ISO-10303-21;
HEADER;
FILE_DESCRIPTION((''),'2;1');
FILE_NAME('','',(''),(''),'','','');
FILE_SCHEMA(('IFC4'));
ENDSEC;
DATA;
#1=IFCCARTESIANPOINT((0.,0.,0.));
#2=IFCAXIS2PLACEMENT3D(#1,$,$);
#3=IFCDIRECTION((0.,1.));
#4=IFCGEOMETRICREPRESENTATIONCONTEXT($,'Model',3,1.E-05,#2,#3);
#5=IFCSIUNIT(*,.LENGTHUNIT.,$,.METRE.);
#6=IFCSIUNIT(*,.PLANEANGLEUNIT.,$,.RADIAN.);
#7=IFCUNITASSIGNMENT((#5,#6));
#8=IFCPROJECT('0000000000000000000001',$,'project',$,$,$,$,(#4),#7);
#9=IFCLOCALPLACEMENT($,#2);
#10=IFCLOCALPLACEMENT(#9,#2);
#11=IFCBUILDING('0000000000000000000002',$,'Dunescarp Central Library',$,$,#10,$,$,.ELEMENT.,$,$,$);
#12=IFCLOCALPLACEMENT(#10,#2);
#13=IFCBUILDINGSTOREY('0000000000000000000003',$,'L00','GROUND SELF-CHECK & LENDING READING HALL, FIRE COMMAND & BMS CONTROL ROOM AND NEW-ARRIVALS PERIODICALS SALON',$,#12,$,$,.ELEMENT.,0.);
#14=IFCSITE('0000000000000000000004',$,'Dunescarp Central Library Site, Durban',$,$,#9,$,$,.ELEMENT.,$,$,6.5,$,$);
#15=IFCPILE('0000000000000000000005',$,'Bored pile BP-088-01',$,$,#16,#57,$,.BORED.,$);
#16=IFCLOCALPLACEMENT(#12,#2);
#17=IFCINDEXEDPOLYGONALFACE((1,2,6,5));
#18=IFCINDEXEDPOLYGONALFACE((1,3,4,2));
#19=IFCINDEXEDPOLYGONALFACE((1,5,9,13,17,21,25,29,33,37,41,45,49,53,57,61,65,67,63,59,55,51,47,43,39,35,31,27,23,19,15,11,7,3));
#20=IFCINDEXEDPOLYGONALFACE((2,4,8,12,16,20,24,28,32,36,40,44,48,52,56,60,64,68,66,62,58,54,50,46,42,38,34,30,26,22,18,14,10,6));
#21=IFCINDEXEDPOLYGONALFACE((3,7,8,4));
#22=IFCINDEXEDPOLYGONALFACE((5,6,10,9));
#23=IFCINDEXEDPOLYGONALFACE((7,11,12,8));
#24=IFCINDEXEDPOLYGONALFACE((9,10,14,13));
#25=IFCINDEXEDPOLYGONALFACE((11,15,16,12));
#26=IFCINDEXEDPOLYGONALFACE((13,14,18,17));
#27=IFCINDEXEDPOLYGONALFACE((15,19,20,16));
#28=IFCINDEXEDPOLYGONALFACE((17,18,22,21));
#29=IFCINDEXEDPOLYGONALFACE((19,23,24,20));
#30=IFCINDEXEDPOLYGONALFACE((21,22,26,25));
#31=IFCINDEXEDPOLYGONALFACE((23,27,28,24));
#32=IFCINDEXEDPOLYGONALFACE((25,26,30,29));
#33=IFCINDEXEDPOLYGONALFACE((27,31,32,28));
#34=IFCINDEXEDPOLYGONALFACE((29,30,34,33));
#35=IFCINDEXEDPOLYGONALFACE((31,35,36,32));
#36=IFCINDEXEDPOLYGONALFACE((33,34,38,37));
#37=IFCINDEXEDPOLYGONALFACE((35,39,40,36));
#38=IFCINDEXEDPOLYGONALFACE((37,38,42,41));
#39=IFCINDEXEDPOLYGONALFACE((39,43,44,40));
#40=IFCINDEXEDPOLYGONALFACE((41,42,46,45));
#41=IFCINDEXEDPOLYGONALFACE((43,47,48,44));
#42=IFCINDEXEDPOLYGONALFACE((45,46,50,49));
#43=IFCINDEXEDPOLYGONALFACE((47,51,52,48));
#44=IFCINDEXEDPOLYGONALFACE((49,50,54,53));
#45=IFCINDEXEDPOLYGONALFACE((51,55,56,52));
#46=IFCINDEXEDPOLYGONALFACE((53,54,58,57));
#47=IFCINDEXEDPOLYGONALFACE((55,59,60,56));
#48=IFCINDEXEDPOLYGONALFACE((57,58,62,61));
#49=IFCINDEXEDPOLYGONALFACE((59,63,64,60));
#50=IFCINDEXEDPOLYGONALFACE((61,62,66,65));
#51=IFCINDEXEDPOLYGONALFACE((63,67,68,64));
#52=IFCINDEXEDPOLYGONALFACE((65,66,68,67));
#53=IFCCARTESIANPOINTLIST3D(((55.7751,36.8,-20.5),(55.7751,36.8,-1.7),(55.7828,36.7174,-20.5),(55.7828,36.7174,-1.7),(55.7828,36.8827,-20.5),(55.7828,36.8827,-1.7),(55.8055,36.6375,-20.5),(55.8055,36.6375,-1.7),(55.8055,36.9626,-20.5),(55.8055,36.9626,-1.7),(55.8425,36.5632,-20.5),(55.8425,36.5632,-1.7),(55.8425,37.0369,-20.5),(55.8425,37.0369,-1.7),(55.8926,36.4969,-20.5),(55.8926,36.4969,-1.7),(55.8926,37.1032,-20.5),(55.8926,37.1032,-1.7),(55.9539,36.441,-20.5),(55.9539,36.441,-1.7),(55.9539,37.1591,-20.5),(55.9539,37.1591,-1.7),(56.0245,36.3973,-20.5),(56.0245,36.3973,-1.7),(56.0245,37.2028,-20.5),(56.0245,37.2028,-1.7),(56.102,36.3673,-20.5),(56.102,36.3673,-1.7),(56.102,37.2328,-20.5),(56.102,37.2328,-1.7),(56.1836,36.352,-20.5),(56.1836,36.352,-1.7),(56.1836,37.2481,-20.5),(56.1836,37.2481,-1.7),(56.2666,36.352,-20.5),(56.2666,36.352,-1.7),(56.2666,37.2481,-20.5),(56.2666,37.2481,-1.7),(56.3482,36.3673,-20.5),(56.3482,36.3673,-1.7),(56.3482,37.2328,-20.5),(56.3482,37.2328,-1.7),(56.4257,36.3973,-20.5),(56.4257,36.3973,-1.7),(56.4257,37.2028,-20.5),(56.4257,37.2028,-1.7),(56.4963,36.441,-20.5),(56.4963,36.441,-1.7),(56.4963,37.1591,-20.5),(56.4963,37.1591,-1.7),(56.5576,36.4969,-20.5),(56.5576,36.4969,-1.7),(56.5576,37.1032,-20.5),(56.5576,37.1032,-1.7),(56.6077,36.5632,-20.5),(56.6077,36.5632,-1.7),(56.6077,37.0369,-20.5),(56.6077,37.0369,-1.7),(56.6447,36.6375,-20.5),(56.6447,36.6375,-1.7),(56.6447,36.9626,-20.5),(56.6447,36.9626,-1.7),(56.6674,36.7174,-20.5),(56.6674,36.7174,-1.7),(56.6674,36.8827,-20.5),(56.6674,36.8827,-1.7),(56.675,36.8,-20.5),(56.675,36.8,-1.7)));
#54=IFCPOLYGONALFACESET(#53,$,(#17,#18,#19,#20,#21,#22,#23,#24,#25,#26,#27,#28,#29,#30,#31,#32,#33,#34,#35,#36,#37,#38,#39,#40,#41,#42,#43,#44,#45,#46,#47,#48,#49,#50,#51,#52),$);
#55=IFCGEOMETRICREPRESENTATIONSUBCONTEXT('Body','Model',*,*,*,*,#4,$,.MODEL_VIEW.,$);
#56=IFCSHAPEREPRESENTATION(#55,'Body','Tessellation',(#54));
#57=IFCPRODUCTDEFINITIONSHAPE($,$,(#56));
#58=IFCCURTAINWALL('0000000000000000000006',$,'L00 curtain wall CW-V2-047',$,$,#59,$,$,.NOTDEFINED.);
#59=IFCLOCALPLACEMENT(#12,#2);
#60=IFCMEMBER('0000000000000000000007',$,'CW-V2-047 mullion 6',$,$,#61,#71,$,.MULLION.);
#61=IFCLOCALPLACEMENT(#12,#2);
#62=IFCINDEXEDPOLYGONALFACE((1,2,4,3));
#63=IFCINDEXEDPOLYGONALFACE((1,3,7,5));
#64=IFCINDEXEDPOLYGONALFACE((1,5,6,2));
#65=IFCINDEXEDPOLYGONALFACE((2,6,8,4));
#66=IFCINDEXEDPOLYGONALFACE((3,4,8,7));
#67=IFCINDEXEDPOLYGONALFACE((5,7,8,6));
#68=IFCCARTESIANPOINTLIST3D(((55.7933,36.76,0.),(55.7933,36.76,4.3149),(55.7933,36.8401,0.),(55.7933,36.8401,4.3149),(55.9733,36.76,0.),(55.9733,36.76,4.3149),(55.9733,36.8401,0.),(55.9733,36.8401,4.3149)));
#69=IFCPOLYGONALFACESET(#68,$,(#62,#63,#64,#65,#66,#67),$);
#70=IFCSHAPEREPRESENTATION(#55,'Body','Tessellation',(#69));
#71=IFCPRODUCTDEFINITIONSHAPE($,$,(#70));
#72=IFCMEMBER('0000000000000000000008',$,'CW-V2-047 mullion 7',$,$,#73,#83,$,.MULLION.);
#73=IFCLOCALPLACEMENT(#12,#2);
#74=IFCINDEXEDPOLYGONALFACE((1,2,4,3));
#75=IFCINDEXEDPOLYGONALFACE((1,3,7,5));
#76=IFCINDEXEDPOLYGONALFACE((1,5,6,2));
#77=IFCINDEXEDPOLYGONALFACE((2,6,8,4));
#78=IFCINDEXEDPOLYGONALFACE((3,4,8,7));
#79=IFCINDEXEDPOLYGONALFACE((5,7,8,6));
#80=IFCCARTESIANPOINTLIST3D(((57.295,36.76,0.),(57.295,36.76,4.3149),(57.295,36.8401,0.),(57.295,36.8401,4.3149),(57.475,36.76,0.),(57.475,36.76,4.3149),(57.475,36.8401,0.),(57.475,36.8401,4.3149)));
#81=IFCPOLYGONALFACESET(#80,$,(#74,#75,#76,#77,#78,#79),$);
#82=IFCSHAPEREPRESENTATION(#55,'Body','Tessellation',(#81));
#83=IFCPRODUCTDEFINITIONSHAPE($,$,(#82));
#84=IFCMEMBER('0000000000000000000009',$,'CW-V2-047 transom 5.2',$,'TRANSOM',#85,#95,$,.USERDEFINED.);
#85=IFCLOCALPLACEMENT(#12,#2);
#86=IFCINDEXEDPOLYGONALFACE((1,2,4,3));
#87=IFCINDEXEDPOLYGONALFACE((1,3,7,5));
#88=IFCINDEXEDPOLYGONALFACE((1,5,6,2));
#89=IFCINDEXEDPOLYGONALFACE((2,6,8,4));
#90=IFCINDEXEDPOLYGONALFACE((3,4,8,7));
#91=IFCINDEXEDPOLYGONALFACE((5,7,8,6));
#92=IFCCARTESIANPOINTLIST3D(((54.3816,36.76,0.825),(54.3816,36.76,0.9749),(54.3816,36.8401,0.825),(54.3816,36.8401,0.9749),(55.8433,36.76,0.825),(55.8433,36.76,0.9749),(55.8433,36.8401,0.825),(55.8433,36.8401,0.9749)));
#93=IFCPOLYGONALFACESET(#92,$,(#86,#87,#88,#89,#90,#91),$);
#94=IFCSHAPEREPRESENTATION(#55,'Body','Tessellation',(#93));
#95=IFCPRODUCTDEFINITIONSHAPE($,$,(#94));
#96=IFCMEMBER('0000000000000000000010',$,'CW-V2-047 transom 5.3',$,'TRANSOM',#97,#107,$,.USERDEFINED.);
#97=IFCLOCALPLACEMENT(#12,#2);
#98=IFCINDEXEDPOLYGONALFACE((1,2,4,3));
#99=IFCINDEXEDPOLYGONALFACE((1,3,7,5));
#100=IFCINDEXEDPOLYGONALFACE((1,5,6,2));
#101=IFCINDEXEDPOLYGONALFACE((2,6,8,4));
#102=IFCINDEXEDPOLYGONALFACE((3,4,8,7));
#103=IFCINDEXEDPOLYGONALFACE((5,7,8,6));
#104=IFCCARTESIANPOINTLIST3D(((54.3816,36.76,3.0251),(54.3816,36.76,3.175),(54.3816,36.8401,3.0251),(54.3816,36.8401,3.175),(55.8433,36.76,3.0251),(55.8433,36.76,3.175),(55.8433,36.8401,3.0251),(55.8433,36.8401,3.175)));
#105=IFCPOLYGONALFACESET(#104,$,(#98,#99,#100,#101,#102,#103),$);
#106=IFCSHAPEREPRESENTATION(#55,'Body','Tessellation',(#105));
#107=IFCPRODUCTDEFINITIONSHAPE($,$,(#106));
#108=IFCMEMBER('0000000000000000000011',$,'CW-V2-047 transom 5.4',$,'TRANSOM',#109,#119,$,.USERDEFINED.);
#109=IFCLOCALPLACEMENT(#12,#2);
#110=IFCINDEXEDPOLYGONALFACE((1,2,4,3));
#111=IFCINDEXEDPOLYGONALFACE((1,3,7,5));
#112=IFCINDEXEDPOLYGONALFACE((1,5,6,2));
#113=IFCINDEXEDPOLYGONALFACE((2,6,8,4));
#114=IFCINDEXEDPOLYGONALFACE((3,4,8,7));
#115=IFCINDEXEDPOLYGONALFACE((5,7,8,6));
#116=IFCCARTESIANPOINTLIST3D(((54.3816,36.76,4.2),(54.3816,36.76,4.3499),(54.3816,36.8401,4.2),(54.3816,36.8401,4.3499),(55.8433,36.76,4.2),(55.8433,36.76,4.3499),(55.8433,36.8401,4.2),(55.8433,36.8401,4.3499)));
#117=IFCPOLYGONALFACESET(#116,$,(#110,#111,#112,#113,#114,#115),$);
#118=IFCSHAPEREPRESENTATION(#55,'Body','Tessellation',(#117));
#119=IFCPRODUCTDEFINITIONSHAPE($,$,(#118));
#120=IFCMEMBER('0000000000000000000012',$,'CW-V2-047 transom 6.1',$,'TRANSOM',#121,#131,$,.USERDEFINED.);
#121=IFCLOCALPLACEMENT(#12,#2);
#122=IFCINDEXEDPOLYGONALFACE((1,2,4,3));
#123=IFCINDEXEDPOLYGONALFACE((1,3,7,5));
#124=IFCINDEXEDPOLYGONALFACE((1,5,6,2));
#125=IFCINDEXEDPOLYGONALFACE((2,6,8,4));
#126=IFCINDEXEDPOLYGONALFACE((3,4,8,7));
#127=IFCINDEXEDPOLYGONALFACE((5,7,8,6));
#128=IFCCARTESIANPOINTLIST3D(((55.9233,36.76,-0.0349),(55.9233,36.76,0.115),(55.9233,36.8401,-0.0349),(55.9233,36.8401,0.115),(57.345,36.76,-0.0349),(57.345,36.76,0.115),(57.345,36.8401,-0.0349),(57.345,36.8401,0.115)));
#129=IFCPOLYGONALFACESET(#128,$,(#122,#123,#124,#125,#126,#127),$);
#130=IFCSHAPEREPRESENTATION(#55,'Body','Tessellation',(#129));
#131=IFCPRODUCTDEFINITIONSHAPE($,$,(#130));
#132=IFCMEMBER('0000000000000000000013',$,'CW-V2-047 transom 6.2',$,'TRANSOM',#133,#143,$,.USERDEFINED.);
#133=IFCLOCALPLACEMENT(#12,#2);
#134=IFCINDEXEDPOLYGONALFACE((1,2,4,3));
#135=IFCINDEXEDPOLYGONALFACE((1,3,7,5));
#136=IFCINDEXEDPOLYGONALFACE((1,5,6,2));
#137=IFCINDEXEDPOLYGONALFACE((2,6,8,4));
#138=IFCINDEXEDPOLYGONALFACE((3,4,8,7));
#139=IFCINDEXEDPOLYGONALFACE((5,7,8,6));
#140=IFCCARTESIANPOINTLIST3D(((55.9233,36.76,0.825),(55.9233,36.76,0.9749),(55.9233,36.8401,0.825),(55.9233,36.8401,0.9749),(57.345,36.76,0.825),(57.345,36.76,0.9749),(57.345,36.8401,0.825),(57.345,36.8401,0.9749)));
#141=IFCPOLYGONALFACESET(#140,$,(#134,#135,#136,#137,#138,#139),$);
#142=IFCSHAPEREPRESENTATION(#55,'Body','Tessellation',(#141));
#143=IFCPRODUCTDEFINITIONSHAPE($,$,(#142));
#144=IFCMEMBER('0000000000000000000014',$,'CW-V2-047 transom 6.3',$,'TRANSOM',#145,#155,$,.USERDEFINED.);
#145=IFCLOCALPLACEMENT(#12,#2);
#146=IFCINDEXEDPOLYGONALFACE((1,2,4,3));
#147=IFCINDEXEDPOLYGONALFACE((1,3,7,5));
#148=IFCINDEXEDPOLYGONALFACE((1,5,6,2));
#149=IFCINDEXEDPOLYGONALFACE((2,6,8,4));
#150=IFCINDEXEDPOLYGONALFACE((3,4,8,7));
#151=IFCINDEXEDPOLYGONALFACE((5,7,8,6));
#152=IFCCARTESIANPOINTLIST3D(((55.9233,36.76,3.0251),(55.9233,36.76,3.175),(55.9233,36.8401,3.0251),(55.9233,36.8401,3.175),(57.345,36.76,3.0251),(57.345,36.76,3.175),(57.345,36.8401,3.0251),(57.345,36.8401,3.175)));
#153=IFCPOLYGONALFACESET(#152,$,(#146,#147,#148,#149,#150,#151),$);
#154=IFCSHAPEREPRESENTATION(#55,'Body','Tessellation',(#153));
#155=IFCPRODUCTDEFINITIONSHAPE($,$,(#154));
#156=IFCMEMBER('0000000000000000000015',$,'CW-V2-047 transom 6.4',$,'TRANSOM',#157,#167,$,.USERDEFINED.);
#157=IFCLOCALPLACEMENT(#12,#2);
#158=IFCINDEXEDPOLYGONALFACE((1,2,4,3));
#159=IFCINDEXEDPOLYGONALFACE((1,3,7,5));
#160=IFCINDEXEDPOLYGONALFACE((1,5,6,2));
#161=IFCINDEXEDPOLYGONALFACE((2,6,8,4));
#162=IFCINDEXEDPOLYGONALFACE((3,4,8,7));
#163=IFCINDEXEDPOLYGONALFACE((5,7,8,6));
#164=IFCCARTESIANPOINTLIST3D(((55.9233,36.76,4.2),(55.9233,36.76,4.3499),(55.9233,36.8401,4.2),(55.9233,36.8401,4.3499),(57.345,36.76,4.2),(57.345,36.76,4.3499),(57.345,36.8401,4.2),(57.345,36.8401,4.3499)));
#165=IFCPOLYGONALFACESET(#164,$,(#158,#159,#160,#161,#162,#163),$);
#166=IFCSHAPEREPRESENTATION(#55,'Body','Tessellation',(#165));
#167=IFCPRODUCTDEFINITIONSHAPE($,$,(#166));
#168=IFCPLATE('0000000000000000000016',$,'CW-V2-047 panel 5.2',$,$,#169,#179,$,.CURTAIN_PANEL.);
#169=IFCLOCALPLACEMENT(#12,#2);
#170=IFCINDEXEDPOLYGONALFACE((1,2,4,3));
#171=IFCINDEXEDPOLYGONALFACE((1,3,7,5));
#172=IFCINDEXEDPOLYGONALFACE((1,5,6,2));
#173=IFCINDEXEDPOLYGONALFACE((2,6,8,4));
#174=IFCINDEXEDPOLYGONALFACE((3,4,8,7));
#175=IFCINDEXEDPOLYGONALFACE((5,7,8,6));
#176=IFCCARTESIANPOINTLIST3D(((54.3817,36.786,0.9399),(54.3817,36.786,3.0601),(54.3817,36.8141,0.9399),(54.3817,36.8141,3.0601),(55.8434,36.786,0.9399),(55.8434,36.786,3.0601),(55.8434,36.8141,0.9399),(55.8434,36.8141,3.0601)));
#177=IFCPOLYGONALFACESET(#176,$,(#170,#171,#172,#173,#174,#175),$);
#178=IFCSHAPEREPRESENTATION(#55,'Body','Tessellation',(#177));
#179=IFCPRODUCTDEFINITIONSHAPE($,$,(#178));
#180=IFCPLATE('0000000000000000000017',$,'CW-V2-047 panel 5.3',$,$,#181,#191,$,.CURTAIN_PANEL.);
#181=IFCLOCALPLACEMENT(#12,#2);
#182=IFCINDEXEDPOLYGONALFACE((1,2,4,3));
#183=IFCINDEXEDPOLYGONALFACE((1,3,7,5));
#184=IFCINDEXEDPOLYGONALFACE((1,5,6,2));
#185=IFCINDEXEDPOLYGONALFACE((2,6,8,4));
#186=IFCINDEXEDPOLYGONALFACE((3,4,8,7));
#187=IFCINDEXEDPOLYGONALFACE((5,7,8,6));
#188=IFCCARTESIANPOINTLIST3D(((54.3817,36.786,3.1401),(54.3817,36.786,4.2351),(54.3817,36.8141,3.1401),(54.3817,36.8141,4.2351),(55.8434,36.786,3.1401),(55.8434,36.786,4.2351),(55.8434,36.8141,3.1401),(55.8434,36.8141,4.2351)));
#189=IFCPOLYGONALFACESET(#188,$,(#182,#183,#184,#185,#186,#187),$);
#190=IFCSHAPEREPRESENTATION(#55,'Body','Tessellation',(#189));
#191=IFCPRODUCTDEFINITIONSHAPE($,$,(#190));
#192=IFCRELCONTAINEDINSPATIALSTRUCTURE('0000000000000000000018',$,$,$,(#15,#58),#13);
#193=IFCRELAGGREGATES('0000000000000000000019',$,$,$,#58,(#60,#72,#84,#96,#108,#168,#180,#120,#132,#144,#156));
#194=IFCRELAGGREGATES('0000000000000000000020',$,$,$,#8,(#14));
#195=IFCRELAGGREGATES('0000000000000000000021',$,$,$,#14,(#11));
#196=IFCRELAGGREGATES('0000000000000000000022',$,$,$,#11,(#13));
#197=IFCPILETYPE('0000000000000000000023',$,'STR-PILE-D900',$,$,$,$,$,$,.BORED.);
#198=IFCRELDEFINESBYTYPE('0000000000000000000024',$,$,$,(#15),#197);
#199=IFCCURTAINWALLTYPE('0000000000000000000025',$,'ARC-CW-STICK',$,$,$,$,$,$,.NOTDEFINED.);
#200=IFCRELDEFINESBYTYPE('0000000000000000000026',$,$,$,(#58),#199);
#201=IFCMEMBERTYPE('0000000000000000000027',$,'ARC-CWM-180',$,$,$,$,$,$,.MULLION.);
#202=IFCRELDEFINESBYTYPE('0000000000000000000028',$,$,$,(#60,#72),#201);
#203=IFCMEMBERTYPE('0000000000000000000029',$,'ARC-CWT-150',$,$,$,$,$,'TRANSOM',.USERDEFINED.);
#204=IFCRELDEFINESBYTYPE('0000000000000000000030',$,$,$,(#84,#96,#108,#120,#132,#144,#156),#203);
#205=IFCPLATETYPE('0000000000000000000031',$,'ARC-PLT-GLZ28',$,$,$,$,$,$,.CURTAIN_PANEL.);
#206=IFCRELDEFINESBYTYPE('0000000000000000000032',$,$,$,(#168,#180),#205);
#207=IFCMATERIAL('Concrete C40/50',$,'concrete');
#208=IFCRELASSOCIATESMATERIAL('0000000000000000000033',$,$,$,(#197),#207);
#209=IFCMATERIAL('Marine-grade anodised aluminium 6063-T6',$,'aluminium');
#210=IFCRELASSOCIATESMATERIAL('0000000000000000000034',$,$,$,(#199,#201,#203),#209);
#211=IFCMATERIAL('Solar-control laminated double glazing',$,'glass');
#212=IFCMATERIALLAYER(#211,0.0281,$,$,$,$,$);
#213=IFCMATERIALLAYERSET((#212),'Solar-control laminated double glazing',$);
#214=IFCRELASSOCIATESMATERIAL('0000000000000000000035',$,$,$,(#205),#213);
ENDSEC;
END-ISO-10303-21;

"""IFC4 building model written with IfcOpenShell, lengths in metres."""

from ifc_helpers import new_model, si_unit, direction, frame, origin, origin_2d, place, context, subcontext, project, spatial, rectangle, circle, extrude, material, layer, layer_set, material_profile, profile_set, type_object, element, aggregate, save


model = new_model("IFC4")

# Units and contexts
model_context = context("Model", 3, precision=1e-05, world=origin(), true_north=direction((0.0, 1.0)))
body_context = subcontext(model_context, "Body", "Model", "MODEL_VIEW")
ifc_project = project(units=[si_unit("LENGTHUNIT", "METRE"), si_unit("PLANEANGLEUNIT", "RADIAN")], contexts=[model_context])

# Site, building, storey
site_placement = place(None, origin())
site = spatial("IfcSite", under=ifc_project, at=site_placement, Name="Dunescarp Central Library Site, Durban", CompositionType="ELEMENT", RefElevation=6.5)
building_placement = place(site_placement, origin())
building = spatial("IfcBuilding", under=site, at=building_placement, Name="Dunescarp Central Library", CompositionType="ELEMENT")
storey_placement = place(building_placement, origin())
storey = spatial("IfcBuildingStorey", under=building, at=storey_placement, Name="L00", Description="GROUND SELF-CHECK & LENDING READING HALL, FIRE COMMAND & BMS CONTROL ROOM AND NEW-ARRIVALS PERIODICALS SALON", CompositionType="ELEMENT", Elevation=0.0)

# Pile
ifc_material_1 = material(Name="Concrete C40/50", Category="concrete")
ifc_material_profile_1 = material_profile(ifc_material_1, circle(Radius=0.45, at=origin_2d()), Name="PILE D900")
ifc_profile_set_1 = profile_set([ifc_material_profile_1], Name="Concrete C40/50")
pile_type = type_object("IfcPileType", Name="STR-PILE-D900", PredefinedType="BORED", material=ifc_profile_set_1)
pile_placement = place(storey_placement, frame((56.2251, 36.8, -1.7), z_axis=(0.0, 0.0, -1.0), x_axis=(1.0, 0.0, 0.0)))
element("IfcPile", 1, at=pile_placement, inside=storey, type_object=pile_type, Name="Bored pile BP-088-01", PredefinedType="BORED", context=body_context, shape_type="SweptSolid", body=[
    extrude(circle(Radius=0.45, at=origin_2d()), origin(), (0.0, 0.0, 1.0), 18.8),
])

# Curtain wall, members, plates
ifc_material_2 = material(Name="Marine-grade anodised aluminium 6063-T6", Category="aluminium")
curtain_wall_type = type_object("IfcCurtainWallType", Name="ARC-CW-STICK", PredefinedType="NOTDEFINED", material=ifc_material_2)
curtain_wall_placement = place(storey_placement, origin())
curtain_wall = element("IfcCurtainWall", 2, at=curtain_wall_placement, inside=storey, type_object=curtain_wall_type, Name="L00 curtain wall CW-V2-047", PredefinedType="NOTDEFINED")
ifc_material_profile_2 = material_profile(ifc_material_2, rectangle(XDim=0.0801, YDim=0.1799, at=origin_2d()), Name="AL 80x180")
ifc_profile_set_2 = profile_set([ifc_material_profile_2], Name="Marine-grade anodised aluminium 6063-T6")
member_type_1 = type_object("IfcMemberType", Name="ARC-CWM-180", PredefinedType="MULLION", material=ifc_profile_set_2)
member_1_placement = place(storey_placement, frame((55.8833, 36.8, 0.0), z_axis=(0.0, 0.0, 1.0), x_axis=(0.0, 1.0, 0.0)))
member_1 = element("IfcMember", 3, at=member_1_placement, type_object=member_type_1, Name="CW-V2-047 mullion 6", PredefinedType="MULLION", context=body_context, shape_type="SweptSolid", body=[
    extrude(rectangle(XDim=0.0801, YDim=0.1799, at=origin_2d()), origin(), (0.0, 0.0, 1.0), 4.3149),
])
member_2_placement = place(storey_placement, frame((57.385, 36.8, 0.0), z_axis=(0.0, 0.0, 1.0), x_axis=(0.0, 1.0, 0.0)))
member_2 = element("IfcMember", 4, at=member_2_placement, type_object=member_type_1, Name="CW-V2-047 mullion 7", PredefinedType="MULLION", context=body_context, shape_type="SweptSolid", body=[
    extrude(rectangle(XDim=0.0801, YDim=0.1799, at=origin_2d()), origin(), (0.0, 0.0, 1.0), 4.3149),
])
ifc_material_profile_3 = material_profile(ifc_material_2, rectangle(XDim=0.0801, YDim=0.1499, at=origin_2d()), Name="AL 80x150")
ifc_profile_set_3 = profile_set([ifc_material_profile_3], Name="Marine-grade anodised aluminium 6063-T6")
member_type_2 = type_object("IfcMemberType", Name="ARC-CWT-150", ElementType="TRANSOM", PredefinedType="USERDEFINED", material=ifc_profile_set_3)
member_3_placement = place(storey_placement, frame((54.3816, 36.8, 0.8999), z_axis=(1.0, 0.0, 0.0), x_axis=(0.0, 1.0, 0.0)))
member_3 = element("IfcMember", 5, at=member_3_placement, type_object=member_type_2, Name="CW-V2-047 transom 5.2", ObjectType="TRANSOM", PredefinedType="USERDEFINED", context=body_context, shape_type="SweptSolid", body=[
    extrude(rectangle(XDim=0.0801, YDim=0.1499, at=origin_2d()), origin(), (0.0, 0.0, 1.0), 1.4617),
])
member_4_placement = place(storey_placement, frame((54.3816, 36.8, 3.1001), z_axis=(1.0, 0.0, 0.0), x_axis=(0.0, 1.0, 0.0)))
member_4 = element("IfcMember", 6, at=member_4_placement, type_object=member_type_2, Name="CW-V2-047 transom 5.3", ObjectType="TRANSOM", PredefinedType="USERDEFINED", context=body_context, shape_type="SweptSolid", body=[
    extrude(rectangle(XDim=0.0801, YDim=0.1499, at=origin_2d()), origin(), (0.0, 0.0, 1.0), 1.4617),
])
member_5_placement = place(storey_placement, frame((54.3816, 36.8, 4.2749), z_axis=(1.0, 0.0, 0.0), x_axis=(0.0, 1.0, 0.0)))
member_5 = element("IfcMember", 7, at=member_5_placement, type_object=member_type_2, Name="CW-V2-047 transom 5.4", ObjectType="TRANSOM", PredefinedType="USERDEFINED", context=body_context, shape_type="SweptSolid", body=[
    extrude(rectangle(XDim=0.0801, YDim=0.1499, at=origin_2d()), origin(), (0.0, 0.0, 1.0), 1.4617),
])
member_6_placement = place(storey_placement, frame((55.9233, 36.8, 0.04), z_axis=(1.0, 0.0, 0.0), x_axis=(0.0, 1.0, 0.0)))
member_6 = element("IfcMember", 8, at=member_6_placement, type_object=member_type_2, Name="CW-V2-047 transom 6.1", ObjectType="TRANSOM", PredefinedType="USERDEFINED", context=body_context, shape_type="SweptSolid", body=[
    extrude(rectangle(XDim=0.0801, YDim=0.1499, at=origin_2d()), origin(), (0.0, 0.0, 1.0), 1.4216),
])
member_7_placement = place(storey_placement, frame((55.9233, 36.8, 0.8999), z_axis=(1.0, 0.0, 0.0), x_axis=(0.0, 1.0, 0.0)))
member_7 = element("IfcMember", 9, at=member_7_placement, type_object=member_type_2, Name="CW-V2-047 transom 6.2", ObjectType="TRANSOM", PredefinedType="USERDEFINED", context=body_context, shape_type="SweptSolid", body=[
    extrude(rectangle(XDim=0.0801, YDim=0.1499, at=origin_2d()), origin(), (0.0, 0.0, 1.0), 1.4216),
])
member_8_placement = place(storey_placement, frame((55.9233, 36.8, 3.1001), z_axis=(1.0, 0.0, 0.0), x_axis=(0.0, 1.0, 0.0)))
member_8 = element("IfcMember", 10, at=member_8_placement, type_object=member_type_2, Name="CW-V2-047 transom 6.3", ObjectType="TRANSOM", PredefinedType="USERDEFINED", context=body_context, shape_type="SweptSolid", body=[
    extrude(rectangle(XDim=0.0801, YDim=0.1499, at=origin_2d()), origin(), (0.0, 0.0, 1.0), 1.4216),
])
member_9_placement = place(storey_placement, frame((55.9233, 36.8, 4.2749), z_axis=(1.0, 0.0, 0.0), x_axis=(0.0, 1.0, 0.0)))
member_9 = element("IfcMember", 11, at=member_9_placement, type_object=member_type_2, Name="CW-V2-047 transom 6.4", ObjectType="TRANSOM", PredefinedType="USERDEFINED", context=body_context, shape_type="SweptSolid", body=[
    extrude(rectangle(XDim=0.0801, YDim=0.1499, at=origin_2d()), origin(), (0.0, 0.0, 1.0), 1.4216),
])
ifc_material_3 = material(Name="Solar-control laminated double glazing", Category="glass")
ifc_layer_1 = layer(ifc_material_3, 0.0281)
ifc_layer_set_1 = layer_set([ifc_layer_1], Name="Solar-control laminated double glazing")
plate_type_1 = type_object("IfcPlateType", Name="ARC-PLT-GLZ28", PredefinedType="CURTAIN_PANEL", material=ifc_layer_set_1)
plate_1_placement = place(storey_placement, frame((55.1125, 36.8, 0.9399), z_axis=(0.0, 0.0, 1.0), x_axis=(1.0, 0.0, 0.0)))
plate_1 = element("IfcPlate", 12, at=plate_1_placement, type_object=plate_type_1, Name="CW-V2-047 panel 5.2", PredefinedType="CURTAIN_PANEL", context=body_context, shape_type="SweptSolid", body=[
    extrude(rectangle(XDim=1.4617, YDim=0.0281, at=origin_2d()), origin(), (0.0, 0.0, 1.0), 2.1201),
])
plate_2_placement = place(storey_placement, frame((55.1125, 36.8, 3.1401), z_axis=(0.0, 0.0, 1.0), x_axis=(1.0, 0.0, 0.0)))
plate_2 = element("IfcPlate", 13, at=plate_2_placement, type_object=plate_type_1, Name="CW-V2-047 panel 5.3", PredefinedType="CURTAIN_PANEL", context=body_context, shape_type="SweptSolid", body=[
    extrude(rectangle(XDim=1.4617, YDim=0.0281, at=origin_2d()), origin(), (0.0, 0.0, 1.0), 1.095),
])
aggregate(curtain_wall, [member_1, member_2, member_3, member_4, member_5, plate_1, plate_2, member_6, member_7, member_8, member_9])

save(model, "model.ifc")
